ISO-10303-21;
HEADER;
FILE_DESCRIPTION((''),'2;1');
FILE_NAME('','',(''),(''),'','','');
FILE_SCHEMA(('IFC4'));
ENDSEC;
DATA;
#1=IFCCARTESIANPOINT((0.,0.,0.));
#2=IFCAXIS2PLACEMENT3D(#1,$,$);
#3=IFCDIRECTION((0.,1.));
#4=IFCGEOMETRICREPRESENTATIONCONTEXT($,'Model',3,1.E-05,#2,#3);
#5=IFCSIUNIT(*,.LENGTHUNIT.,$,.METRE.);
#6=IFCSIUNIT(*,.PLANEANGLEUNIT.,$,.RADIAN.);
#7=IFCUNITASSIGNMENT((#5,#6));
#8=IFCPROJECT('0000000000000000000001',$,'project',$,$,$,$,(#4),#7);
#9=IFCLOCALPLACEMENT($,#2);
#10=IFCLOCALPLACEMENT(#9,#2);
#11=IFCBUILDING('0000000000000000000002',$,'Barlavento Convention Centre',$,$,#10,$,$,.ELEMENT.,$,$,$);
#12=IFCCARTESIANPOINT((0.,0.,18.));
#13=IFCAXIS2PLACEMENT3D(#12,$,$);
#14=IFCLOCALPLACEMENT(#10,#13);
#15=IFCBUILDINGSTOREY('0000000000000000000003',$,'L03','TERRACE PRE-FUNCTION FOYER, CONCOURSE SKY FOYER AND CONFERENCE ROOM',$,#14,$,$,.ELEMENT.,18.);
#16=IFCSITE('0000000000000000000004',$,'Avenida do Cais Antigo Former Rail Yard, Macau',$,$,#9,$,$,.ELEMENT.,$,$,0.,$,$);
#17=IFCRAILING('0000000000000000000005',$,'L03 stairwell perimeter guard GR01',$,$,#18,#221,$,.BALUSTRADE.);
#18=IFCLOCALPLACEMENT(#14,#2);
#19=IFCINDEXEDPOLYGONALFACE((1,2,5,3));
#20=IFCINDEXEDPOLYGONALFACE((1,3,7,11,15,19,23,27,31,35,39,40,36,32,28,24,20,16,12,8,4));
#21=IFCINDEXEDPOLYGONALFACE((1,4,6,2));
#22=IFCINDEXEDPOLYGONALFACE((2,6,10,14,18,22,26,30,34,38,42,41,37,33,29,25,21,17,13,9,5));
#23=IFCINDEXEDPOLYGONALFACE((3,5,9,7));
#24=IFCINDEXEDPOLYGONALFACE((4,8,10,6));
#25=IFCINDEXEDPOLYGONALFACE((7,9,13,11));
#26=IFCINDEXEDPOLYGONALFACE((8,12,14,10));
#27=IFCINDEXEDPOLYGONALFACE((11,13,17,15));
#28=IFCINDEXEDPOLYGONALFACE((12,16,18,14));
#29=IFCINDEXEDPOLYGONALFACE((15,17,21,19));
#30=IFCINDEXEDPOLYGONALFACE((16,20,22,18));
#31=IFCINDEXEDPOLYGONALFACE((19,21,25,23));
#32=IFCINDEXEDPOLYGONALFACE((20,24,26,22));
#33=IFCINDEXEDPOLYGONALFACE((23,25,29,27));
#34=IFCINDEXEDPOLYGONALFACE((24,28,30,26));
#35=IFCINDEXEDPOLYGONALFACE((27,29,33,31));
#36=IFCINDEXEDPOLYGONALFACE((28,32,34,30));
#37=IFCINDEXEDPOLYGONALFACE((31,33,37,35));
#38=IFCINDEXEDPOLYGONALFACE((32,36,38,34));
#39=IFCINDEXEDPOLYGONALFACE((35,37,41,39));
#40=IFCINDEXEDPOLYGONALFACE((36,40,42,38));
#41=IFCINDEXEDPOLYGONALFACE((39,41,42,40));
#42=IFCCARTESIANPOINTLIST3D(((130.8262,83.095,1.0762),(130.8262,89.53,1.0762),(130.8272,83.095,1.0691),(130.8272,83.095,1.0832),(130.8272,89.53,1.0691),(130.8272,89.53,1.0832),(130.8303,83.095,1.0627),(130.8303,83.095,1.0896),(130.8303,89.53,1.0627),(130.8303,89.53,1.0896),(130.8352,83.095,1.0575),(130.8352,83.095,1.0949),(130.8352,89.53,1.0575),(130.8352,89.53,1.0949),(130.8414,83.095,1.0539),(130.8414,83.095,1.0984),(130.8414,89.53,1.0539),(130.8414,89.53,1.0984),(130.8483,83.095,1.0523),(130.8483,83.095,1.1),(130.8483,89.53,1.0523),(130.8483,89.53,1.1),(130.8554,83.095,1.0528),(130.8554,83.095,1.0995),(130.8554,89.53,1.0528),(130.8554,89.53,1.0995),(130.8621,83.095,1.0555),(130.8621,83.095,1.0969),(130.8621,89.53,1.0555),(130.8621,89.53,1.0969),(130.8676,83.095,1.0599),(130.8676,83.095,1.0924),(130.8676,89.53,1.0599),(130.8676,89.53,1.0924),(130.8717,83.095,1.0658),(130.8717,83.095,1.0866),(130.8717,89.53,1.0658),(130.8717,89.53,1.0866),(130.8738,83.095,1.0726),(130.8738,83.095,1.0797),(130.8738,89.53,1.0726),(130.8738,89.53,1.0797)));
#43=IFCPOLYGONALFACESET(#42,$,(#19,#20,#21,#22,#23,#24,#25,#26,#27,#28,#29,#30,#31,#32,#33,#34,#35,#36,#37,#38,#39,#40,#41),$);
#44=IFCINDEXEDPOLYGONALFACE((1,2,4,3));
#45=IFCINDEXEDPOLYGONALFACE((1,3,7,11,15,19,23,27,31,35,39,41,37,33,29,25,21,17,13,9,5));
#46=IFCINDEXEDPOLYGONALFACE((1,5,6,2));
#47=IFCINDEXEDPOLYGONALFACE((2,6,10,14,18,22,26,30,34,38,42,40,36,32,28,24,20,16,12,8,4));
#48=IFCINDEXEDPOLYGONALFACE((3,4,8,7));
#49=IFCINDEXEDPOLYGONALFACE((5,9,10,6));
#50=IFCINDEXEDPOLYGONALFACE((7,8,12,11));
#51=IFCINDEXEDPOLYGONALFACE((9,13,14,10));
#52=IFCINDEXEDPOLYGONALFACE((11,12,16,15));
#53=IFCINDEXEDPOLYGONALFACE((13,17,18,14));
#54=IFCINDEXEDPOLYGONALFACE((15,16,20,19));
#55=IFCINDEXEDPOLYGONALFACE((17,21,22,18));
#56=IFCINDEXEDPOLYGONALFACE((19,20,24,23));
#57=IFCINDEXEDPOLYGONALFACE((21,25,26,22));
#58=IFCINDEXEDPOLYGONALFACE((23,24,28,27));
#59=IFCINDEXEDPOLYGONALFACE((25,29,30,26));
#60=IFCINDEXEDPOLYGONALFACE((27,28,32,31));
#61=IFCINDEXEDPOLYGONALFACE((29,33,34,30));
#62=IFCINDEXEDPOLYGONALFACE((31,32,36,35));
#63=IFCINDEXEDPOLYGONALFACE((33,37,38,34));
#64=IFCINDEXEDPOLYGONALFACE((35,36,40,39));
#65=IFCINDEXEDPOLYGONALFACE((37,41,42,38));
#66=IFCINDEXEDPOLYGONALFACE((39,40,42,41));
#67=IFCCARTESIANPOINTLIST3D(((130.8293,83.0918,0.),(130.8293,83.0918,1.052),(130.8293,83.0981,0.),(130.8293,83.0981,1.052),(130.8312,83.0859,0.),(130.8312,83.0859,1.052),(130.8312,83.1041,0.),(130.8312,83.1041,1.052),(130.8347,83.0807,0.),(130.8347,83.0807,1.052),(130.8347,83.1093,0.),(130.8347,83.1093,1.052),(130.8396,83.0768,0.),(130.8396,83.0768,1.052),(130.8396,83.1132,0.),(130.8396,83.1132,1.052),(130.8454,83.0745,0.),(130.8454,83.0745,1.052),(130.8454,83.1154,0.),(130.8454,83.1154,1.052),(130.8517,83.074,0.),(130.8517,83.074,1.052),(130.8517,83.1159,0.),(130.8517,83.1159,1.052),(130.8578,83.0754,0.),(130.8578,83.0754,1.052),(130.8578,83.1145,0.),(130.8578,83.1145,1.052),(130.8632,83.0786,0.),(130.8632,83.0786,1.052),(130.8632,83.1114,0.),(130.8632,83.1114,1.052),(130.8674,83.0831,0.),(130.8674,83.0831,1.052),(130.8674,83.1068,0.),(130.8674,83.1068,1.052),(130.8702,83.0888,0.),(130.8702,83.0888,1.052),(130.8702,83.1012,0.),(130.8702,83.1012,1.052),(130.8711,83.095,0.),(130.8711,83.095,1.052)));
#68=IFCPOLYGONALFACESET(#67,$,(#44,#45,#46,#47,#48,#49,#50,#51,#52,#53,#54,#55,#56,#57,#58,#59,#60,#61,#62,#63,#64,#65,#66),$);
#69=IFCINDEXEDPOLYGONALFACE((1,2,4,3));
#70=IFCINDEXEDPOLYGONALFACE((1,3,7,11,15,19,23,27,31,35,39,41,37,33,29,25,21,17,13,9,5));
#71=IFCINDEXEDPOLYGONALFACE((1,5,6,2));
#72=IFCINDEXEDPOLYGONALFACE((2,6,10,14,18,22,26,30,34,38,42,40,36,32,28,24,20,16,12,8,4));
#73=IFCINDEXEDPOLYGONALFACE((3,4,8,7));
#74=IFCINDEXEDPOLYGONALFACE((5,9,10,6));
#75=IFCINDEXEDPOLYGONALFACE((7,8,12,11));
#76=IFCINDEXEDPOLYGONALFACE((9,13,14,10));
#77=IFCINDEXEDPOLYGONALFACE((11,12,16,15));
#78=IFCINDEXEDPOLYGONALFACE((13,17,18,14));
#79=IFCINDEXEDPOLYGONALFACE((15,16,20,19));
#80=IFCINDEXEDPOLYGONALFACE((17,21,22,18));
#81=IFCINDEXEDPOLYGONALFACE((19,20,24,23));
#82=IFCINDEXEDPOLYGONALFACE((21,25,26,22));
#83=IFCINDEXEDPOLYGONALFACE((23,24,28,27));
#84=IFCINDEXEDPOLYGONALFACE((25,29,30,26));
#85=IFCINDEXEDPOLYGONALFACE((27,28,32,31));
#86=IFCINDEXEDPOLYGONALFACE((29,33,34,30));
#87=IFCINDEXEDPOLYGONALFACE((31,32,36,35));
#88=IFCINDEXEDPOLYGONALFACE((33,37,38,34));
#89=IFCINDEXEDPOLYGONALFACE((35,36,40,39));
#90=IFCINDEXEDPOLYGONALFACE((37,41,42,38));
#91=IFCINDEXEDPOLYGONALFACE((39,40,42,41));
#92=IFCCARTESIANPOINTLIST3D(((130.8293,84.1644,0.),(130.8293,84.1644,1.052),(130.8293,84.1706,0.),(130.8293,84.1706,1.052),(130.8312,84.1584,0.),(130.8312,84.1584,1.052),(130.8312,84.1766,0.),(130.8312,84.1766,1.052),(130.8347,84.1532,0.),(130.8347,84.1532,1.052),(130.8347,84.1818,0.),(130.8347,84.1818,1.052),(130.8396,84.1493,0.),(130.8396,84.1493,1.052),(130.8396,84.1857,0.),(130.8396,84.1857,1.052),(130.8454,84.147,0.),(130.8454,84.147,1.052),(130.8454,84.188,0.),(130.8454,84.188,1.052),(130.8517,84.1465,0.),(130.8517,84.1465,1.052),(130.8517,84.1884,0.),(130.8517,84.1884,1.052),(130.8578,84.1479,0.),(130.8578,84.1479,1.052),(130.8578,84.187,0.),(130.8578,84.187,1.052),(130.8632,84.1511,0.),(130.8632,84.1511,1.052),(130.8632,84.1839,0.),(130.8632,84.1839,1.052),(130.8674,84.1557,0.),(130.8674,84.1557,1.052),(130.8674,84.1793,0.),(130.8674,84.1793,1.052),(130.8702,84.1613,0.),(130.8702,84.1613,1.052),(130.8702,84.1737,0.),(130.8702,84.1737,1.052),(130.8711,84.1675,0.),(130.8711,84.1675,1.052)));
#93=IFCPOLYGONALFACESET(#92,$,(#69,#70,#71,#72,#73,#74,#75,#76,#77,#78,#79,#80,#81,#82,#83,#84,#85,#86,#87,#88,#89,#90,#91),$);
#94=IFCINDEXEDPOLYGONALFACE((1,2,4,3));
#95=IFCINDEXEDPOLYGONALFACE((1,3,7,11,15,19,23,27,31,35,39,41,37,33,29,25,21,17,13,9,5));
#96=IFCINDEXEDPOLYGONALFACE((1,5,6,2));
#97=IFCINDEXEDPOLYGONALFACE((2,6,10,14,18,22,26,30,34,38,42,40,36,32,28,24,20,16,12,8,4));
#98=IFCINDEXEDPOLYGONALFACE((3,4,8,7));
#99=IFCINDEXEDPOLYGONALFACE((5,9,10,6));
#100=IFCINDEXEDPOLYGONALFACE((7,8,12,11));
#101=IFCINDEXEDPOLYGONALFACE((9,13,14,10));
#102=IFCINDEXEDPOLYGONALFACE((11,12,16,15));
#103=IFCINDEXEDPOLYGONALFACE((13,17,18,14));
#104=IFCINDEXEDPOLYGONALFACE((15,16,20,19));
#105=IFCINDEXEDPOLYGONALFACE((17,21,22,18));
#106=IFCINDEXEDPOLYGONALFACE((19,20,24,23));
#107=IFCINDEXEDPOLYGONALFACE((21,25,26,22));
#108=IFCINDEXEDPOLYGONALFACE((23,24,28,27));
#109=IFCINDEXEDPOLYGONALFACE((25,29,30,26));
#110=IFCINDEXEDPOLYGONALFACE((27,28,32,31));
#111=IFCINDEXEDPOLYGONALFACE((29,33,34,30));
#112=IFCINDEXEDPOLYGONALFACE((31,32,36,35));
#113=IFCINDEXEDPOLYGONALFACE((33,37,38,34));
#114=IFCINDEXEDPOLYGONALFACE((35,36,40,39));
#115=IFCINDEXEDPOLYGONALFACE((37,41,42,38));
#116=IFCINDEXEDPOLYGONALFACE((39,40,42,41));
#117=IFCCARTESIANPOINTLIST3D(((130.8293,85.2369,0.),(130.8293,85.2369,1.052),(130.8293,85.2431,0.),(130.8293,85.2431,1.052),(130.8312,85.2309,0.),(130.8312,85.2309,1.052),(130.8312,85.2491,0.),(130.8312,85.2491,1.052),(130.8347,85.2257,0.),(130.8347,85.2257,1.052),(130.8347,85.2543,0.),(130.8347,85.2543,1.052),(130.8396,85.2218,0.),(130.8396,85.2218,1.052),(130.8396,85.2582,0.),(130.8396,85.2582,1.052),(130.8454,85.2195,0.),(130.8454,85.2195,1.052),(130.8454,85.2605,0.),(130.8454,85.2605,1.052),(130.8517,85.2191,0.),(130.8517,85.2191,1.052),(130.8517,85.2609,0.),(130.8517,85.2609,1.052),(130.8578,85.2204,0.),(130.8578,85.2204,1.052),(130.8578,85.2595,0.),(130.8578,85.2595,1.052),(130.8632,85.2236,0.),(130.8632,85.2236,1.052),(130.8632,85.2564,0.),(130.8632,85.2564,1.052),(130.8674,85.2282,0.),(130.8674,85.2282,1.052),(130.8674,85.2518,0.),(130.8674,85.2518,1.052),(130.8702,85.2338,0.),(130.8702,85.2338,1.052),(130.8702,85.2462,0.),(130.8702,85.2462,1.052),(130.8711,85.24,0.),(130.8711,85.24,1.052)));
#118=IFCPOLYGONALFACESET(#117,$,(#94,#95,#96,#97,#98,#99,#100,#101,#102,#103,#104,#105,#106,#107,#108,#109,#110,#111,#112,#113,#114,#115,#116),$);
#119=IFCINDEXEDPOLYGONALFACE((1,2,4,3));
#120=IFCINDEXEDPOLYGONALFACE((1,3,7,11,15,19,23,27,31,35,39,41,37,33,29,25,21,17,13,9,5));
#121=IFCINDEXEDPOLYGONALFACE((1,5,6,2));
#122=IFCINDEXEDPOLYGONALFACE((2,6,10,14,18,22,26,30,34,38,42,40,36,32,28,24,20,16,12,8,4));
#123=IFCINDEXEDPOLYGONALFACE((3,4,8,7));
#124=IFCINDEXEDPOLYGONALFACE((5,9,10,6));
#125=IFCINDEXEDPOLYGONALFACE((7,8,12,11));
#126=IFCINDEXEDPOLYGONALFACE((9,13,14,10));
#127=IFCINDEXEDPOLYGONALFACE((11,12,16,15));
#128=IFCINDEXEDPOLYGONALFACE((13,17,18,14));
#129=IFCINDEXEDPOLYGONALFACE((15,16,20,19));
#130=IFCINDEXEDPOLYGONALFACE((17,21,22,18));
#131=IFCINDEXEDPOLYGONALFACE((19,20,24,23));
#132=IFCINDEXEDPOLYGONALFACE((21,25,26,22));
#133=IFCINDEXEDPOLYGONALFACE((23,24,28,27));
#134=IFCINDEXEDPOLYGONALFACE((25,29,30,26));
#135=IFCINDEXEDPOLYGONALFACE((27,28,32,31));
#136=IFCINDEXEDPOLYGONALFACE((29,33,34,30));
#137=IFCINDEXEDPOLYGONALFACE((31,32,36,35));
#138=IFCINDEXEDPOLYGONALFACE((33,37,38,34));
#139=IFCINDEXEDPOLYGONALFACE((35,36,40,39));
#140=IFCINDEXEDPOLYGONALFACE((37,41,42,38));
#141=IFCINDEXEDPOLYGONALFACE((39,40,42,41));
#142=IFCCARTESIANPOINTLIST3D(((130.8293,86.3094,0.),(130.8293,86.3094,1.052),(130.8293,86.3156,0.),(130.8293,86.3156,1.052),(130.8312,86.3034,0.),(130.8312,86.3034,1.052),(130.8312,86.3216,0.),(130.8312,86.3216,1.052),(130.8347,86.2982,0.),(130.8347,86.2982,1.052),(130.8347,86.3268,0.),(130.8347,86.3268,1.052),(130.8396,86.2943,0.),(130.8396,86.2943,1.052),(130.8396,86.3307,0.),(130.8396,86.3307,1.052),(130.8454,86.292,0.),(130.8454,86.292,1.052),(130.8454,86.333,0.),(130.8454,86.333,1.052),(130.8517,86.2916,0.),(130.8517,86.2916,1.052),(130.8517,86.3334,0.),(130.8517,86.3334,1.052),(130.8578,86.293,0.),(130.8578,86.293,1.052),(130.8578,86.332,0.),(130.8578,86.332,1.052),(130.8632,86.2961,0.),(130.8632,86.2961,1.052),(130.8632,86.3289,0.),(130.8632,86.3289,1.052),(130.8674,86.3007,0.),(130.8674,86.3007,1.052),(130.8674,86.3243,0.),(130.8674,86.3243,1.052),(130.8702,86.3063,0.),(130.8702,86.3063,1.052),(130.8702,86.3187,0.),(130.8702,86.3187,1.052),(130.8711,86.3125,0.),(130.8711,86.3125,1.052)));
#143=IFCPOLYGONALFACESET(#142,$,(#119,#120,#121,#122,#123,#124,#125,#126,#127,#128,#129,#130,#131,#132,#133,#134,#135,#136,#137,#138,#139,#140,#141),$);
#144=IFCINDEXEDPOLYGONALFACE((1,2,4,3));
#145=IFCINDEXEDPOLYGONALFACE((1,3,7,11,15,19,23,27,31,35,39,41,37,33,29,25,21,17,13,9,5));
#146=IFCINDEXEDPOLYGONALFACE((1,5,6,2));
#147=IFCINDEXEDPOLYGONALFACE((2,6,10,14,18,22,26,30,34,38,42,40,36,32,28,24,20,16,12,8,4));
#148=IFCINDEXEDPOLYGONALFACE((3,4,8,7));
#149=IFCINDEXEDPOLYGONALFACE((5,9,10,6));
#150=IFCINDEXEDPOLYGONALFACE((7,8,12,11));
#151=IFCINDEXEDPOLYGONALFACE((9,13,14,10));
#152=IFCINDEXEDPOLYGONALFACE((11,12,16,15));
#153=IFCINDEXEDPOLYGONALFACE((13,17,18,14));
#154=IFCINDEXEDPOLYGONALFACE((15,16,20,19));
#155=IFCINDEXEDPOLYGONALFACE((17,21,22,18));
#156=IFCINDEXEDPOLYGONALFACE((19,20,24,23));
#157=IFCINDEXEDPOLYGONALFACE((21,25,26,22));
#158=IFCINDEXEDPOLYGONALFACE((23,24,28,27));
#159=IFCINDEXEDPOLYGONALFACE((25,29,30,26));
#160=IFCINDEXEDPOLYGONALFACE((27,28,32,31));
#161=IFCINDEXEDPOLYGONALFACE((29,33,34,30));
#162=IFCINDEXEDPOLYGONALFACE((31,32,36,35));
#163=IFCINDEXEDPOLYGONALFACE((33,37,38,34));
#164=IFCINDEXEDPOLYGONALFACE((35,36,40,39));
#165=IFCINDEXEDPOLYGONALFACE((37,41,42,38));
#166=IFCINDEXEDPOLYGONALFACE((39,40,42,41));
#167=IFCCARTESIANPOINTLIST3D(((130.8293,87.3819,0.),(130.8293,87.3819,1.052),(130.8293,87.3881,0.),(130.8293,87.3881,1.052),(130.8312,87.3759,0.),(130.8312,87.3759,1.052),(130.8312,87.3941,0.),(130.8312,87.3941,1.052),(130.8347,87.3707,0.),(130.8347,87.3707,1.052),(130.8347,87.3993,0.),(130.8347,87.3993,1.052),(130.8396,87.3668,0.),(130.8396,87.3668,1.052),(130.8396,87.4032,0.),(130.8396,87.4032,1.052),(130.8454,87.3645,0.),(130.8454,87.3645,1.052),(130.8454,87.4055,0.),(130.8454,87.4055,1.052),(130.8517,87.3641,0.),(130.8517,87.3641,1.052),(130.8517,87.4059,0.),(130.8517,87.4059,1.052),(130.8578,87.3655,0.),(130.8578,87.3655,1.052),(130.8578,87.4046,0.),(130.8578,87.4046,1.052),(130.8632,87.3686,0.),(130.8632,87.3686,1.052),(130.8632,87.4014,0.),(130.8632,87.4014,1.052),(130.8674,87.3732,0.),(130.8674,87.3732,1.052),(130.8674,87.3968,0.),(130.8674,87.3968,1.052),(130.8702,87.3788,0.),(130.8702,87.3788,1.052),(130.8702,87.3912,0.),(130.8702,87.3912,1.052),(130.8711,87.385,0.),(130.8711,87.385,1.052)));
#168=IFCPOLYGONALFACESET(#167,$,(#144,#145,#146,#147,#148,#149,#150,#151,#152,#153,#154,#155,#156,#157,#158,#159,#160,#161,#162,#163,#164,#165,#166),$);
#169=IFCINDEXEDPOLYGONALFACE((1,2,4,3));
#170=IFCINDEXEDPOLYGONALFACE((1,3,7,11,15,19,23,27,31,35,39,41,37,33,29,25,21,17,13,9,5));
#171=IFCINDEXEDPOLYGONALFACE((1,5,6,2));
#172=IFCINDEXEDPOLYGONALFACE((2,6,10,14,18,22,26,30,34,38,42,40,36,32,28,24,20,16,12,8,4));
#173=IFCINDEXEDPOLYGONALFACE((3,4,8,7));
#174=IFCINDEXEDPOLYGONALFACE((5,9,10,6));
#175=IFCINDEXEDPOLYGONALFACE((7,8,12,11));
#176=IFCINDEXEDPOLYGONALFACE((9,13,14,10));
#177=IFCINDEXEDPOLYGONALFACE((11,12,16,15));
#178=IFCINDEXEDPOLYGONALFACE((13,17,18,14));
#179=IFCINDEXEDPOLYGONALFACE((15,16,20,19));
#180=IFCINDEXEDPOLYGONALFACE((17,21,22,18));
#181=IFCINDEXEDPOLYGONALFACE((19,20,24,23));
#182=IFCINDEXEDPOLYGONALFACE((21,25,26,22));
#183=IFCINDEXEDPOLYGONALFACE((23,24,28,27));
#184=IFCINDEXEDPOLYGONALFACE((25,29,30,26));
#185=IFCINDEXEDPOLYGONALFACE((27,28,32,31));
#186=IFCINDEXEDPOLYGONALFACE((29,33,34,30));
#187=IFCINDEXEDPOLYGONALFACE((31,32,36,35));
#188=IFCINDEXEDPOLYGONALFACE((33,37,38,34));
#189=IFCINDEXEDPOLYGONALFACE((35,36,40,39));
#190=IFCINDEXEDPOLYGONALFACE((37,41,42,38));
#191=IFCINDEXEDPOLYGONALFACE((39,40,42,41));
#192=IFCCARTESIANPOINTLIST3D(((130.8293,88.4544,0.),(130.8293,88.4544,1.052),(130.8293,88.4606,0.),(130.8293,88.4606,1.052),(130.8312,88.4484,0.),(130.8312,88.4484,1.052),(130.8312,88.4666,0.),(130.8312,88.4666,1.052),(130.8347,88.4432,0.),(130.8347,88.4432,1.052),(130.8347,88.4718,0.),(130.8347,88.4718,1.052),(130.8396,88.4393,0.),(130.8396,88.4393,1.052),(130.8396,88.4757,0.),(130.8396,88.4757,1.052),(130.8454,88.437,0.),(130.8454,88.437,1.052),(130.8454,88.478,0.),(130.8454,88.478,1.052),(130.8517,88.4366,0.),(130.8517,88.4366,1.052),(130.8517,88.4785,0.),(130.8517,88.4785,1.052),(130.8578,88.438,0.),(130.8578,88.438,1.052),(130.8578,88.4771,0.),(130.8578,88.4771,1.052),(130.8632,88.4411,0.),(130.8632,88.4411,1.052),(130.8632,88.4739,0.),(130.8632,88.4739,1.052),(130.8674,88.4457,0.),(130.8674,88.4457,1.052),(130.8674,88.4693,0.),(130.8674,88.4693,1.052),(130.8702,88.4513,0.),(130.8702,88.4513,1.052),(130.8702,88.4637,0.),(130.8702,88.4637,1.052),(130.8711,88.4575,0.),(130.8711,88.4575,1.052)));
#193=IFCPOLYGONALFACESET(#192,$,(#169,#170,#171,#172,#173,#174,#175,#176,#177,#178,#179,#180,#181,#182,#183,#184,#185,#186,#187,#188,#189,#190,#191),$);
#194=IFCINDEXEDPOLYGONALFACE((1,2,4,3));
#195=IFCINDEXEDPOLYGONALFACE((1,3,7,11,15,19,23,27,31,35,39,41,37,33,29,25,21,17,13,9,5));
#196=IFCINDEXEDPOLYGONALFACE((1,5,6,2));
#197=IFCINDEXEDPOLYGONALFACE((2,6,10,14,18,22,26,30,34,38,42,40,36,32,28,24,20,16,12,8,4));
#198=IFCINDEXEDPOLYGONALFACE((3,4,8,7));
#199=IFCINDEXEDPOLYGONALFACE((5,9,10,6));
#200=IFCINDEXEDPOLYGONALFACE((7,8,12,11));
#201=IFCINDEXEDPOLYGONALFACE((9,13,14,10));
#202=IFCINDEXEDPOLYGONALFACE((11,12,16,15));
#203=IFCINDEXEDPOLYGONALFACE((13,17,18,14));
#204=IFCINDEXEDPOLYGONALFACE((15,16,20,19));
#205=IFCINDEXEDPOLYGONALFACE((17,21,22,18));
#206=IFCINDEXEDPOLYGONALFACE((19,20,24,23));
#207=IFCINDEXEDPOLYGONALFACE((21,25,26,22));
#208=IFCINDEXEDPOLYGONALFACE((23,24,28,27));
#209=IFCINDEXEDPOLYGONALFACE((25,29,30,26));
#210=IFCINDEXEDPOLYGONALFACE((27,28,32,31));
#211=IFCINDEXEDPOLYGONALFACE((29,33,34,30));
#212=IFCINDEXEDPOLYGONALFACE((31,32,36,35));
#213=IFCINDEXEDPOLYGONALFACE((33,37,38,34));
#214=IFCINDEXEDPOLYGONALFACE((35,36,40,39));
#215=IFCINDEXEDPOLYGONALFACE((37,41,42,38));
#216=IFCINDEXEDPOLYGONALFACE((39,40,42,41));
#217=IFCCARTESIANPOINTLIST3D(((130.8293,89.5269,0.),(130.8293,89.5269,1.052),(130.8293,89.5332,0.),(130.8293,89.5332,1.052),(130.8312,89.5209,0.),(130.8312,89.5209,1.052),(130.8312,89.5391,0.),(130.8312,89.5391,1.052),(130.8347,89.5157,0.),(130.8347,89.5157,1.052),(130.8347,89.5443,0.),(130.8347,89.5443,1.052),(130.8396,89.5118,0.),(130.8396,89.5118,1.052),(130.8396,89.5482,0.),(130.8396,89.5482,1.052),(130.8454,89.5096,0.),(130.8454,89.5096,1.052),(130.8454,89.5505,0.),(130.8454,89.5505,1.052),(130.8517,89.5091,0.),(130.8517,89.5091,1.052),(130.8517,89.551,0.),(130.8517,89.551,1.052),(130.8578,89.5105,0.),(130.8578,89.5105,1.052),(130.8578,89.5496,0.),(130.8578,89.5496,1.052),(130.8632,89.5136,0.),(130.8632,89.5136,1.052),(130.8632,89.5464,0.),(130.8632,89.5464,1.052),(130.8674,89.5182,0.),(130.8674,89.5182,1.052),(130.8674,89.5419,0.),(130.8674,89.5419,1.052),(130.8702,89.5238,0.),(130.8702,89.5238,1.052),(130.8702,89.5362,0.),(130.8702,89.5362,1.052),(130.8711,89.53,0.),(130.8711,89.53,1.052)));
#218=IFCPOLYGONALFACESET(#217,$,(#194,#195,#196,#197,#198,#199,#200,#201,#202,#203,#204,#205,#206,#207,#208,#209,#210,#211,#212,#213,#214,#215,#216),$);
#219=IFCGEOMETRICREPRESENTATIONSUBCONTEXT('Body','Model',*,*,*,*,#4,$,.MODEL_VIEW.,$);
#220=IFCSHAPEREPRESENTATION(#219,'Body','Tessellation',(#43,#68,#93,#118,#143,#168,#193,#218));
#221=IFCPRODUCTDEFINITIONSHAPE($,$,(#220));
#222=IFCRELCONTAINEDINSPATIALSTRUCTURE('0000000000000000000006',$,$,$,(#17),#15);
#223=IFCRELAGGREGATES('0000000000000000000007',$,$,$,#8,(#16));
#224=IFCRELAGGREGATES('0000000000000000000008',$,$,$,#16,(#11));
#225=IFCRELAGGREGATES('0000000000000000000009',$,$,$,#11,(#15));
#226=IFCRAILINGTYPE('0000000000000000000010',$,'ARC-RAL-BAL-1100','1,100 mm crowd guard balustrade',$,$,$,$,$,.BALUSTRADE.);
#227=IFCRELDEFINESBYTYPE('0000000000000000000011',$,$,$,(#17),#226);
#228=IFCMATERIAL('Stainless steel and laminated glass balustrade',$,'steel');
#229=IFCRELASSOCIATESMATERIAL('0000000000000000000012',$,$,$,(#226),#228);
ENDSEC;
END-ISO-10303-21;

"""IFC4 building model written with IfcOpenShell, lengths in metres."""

from ifc_helpers import new_model, si_unit, direction, frame, origin, origin_2d, place, context, subcontext, project, spatial, circle, extrude, material, type_object, element, save


model = new_model("IFC4")

# Units and contexts
model_context = context("Model", 3, precision=1e-05, world=origin(), true_north=direction((0.0, 1.0)))
body_context = subcontext(model_context, "Body", "Model", "MODEL_VIEW")
ifc_project = project(units=[si_unit("LENGTHUNIT", "METRE"), si_unit("PLANEANGLEUNIT", "RADIAN")], contexts=[model_context])

# Site, building, storey
site_placement = place(None, origin())
site = spatial("IfcSite", under=ifc_project, at=site_placement, Name="Avenida do Cais Antigo Former Rail Yard, Macau", CompositionType="ELEMENT", RefElevation=0.0)
building_placement = place(site_placement, origin())
building = spatial("IfcBuilding", under=site, at=building_placement, Name="Barlavento Convention Centre", CompositionType="ELEMENT")
storey_placement = place(building_placement, frame((0.0, 0.0, 18.0)))
storey = spatial("IfcBuildingStorey", under=building, at=storey_placement, Name="L03", Description="TERRACE PRE-FUNCTION FOYER, CONCOURSE SKY FOYER AND CONFERENCE ROOM", CompositionType="ELEMENT", Elevation=18.0)

# Railing
ifc_material_1 = material(Name="Stainless steel and laminated glass balustrade", Category="steel")
railing_type_1 = type_object("IfcRailingType", Name="ARC-RAL-BAL-1100", Description="1,100 mm crowd guard balustrade", PredefinedType="BALUSTRADE", material=ifc_material_1)
railing_1_placement = place(storey_placement, frame((130.8501, 83.095, 0.0)))
element("IfcRailing", 1, at=railing_1_placement, inside=storey, type_object=railing_type_1, Name="L03 stairwell perimeter guard GR01", PredefinedType="BALUSTRADE", context=body_context, shape_type="SweptSolid", body=[
    extrude(circle(Radius=0.0239, at=origin_2d()), frame((0.0, 0.0, 1.0762), z_axis=(0.0, 1.0, 0.0), x_axis=(-1.0, 0.0, 0.0)), (0.0, 0.0, 1.0), 6.4351),
    extrude(circle(Radius=0.021, at=origin_2d()), origin(), (0.0, 0.0, 1.0), 1.052),
    extrude(circle(Radius=0.021, at=origin_2d()), frame((0.0, 1.0725, 0.0)), (0.0, 0.0, 1.0), 1.052),
    extrude(circle(Radius=0.021, at=origin_2d()), frame((0.0, 2.145, 0.0)), (0.0, 0.0, 1.0), 1.052),
    extrude(circle(Radius=0.021, at=origin_2d()), frame((0.0, 3.2175, 0.0)), (0.0, 0.0, 1.0), 1.052),
    extrude(circle(Radius=0.021, at=origin_2d()), frame((0.0, 4.29, 0.0)), (0.0, 0.0, 1.0), 1.052),
    extrude(circle(Radius=0.021, at=origin_2d()), frame((0.0, 5.3625, 0.0)), (0.0, 0.0, 1.0), 1.052),
    extrude(circle(Radius=0.021, at=origin_2d()), frame((0.0, 6.4351, 0.0)), (0.0, 0.0, 1.0), 1.052),
])

save(model, "model.ifc")
